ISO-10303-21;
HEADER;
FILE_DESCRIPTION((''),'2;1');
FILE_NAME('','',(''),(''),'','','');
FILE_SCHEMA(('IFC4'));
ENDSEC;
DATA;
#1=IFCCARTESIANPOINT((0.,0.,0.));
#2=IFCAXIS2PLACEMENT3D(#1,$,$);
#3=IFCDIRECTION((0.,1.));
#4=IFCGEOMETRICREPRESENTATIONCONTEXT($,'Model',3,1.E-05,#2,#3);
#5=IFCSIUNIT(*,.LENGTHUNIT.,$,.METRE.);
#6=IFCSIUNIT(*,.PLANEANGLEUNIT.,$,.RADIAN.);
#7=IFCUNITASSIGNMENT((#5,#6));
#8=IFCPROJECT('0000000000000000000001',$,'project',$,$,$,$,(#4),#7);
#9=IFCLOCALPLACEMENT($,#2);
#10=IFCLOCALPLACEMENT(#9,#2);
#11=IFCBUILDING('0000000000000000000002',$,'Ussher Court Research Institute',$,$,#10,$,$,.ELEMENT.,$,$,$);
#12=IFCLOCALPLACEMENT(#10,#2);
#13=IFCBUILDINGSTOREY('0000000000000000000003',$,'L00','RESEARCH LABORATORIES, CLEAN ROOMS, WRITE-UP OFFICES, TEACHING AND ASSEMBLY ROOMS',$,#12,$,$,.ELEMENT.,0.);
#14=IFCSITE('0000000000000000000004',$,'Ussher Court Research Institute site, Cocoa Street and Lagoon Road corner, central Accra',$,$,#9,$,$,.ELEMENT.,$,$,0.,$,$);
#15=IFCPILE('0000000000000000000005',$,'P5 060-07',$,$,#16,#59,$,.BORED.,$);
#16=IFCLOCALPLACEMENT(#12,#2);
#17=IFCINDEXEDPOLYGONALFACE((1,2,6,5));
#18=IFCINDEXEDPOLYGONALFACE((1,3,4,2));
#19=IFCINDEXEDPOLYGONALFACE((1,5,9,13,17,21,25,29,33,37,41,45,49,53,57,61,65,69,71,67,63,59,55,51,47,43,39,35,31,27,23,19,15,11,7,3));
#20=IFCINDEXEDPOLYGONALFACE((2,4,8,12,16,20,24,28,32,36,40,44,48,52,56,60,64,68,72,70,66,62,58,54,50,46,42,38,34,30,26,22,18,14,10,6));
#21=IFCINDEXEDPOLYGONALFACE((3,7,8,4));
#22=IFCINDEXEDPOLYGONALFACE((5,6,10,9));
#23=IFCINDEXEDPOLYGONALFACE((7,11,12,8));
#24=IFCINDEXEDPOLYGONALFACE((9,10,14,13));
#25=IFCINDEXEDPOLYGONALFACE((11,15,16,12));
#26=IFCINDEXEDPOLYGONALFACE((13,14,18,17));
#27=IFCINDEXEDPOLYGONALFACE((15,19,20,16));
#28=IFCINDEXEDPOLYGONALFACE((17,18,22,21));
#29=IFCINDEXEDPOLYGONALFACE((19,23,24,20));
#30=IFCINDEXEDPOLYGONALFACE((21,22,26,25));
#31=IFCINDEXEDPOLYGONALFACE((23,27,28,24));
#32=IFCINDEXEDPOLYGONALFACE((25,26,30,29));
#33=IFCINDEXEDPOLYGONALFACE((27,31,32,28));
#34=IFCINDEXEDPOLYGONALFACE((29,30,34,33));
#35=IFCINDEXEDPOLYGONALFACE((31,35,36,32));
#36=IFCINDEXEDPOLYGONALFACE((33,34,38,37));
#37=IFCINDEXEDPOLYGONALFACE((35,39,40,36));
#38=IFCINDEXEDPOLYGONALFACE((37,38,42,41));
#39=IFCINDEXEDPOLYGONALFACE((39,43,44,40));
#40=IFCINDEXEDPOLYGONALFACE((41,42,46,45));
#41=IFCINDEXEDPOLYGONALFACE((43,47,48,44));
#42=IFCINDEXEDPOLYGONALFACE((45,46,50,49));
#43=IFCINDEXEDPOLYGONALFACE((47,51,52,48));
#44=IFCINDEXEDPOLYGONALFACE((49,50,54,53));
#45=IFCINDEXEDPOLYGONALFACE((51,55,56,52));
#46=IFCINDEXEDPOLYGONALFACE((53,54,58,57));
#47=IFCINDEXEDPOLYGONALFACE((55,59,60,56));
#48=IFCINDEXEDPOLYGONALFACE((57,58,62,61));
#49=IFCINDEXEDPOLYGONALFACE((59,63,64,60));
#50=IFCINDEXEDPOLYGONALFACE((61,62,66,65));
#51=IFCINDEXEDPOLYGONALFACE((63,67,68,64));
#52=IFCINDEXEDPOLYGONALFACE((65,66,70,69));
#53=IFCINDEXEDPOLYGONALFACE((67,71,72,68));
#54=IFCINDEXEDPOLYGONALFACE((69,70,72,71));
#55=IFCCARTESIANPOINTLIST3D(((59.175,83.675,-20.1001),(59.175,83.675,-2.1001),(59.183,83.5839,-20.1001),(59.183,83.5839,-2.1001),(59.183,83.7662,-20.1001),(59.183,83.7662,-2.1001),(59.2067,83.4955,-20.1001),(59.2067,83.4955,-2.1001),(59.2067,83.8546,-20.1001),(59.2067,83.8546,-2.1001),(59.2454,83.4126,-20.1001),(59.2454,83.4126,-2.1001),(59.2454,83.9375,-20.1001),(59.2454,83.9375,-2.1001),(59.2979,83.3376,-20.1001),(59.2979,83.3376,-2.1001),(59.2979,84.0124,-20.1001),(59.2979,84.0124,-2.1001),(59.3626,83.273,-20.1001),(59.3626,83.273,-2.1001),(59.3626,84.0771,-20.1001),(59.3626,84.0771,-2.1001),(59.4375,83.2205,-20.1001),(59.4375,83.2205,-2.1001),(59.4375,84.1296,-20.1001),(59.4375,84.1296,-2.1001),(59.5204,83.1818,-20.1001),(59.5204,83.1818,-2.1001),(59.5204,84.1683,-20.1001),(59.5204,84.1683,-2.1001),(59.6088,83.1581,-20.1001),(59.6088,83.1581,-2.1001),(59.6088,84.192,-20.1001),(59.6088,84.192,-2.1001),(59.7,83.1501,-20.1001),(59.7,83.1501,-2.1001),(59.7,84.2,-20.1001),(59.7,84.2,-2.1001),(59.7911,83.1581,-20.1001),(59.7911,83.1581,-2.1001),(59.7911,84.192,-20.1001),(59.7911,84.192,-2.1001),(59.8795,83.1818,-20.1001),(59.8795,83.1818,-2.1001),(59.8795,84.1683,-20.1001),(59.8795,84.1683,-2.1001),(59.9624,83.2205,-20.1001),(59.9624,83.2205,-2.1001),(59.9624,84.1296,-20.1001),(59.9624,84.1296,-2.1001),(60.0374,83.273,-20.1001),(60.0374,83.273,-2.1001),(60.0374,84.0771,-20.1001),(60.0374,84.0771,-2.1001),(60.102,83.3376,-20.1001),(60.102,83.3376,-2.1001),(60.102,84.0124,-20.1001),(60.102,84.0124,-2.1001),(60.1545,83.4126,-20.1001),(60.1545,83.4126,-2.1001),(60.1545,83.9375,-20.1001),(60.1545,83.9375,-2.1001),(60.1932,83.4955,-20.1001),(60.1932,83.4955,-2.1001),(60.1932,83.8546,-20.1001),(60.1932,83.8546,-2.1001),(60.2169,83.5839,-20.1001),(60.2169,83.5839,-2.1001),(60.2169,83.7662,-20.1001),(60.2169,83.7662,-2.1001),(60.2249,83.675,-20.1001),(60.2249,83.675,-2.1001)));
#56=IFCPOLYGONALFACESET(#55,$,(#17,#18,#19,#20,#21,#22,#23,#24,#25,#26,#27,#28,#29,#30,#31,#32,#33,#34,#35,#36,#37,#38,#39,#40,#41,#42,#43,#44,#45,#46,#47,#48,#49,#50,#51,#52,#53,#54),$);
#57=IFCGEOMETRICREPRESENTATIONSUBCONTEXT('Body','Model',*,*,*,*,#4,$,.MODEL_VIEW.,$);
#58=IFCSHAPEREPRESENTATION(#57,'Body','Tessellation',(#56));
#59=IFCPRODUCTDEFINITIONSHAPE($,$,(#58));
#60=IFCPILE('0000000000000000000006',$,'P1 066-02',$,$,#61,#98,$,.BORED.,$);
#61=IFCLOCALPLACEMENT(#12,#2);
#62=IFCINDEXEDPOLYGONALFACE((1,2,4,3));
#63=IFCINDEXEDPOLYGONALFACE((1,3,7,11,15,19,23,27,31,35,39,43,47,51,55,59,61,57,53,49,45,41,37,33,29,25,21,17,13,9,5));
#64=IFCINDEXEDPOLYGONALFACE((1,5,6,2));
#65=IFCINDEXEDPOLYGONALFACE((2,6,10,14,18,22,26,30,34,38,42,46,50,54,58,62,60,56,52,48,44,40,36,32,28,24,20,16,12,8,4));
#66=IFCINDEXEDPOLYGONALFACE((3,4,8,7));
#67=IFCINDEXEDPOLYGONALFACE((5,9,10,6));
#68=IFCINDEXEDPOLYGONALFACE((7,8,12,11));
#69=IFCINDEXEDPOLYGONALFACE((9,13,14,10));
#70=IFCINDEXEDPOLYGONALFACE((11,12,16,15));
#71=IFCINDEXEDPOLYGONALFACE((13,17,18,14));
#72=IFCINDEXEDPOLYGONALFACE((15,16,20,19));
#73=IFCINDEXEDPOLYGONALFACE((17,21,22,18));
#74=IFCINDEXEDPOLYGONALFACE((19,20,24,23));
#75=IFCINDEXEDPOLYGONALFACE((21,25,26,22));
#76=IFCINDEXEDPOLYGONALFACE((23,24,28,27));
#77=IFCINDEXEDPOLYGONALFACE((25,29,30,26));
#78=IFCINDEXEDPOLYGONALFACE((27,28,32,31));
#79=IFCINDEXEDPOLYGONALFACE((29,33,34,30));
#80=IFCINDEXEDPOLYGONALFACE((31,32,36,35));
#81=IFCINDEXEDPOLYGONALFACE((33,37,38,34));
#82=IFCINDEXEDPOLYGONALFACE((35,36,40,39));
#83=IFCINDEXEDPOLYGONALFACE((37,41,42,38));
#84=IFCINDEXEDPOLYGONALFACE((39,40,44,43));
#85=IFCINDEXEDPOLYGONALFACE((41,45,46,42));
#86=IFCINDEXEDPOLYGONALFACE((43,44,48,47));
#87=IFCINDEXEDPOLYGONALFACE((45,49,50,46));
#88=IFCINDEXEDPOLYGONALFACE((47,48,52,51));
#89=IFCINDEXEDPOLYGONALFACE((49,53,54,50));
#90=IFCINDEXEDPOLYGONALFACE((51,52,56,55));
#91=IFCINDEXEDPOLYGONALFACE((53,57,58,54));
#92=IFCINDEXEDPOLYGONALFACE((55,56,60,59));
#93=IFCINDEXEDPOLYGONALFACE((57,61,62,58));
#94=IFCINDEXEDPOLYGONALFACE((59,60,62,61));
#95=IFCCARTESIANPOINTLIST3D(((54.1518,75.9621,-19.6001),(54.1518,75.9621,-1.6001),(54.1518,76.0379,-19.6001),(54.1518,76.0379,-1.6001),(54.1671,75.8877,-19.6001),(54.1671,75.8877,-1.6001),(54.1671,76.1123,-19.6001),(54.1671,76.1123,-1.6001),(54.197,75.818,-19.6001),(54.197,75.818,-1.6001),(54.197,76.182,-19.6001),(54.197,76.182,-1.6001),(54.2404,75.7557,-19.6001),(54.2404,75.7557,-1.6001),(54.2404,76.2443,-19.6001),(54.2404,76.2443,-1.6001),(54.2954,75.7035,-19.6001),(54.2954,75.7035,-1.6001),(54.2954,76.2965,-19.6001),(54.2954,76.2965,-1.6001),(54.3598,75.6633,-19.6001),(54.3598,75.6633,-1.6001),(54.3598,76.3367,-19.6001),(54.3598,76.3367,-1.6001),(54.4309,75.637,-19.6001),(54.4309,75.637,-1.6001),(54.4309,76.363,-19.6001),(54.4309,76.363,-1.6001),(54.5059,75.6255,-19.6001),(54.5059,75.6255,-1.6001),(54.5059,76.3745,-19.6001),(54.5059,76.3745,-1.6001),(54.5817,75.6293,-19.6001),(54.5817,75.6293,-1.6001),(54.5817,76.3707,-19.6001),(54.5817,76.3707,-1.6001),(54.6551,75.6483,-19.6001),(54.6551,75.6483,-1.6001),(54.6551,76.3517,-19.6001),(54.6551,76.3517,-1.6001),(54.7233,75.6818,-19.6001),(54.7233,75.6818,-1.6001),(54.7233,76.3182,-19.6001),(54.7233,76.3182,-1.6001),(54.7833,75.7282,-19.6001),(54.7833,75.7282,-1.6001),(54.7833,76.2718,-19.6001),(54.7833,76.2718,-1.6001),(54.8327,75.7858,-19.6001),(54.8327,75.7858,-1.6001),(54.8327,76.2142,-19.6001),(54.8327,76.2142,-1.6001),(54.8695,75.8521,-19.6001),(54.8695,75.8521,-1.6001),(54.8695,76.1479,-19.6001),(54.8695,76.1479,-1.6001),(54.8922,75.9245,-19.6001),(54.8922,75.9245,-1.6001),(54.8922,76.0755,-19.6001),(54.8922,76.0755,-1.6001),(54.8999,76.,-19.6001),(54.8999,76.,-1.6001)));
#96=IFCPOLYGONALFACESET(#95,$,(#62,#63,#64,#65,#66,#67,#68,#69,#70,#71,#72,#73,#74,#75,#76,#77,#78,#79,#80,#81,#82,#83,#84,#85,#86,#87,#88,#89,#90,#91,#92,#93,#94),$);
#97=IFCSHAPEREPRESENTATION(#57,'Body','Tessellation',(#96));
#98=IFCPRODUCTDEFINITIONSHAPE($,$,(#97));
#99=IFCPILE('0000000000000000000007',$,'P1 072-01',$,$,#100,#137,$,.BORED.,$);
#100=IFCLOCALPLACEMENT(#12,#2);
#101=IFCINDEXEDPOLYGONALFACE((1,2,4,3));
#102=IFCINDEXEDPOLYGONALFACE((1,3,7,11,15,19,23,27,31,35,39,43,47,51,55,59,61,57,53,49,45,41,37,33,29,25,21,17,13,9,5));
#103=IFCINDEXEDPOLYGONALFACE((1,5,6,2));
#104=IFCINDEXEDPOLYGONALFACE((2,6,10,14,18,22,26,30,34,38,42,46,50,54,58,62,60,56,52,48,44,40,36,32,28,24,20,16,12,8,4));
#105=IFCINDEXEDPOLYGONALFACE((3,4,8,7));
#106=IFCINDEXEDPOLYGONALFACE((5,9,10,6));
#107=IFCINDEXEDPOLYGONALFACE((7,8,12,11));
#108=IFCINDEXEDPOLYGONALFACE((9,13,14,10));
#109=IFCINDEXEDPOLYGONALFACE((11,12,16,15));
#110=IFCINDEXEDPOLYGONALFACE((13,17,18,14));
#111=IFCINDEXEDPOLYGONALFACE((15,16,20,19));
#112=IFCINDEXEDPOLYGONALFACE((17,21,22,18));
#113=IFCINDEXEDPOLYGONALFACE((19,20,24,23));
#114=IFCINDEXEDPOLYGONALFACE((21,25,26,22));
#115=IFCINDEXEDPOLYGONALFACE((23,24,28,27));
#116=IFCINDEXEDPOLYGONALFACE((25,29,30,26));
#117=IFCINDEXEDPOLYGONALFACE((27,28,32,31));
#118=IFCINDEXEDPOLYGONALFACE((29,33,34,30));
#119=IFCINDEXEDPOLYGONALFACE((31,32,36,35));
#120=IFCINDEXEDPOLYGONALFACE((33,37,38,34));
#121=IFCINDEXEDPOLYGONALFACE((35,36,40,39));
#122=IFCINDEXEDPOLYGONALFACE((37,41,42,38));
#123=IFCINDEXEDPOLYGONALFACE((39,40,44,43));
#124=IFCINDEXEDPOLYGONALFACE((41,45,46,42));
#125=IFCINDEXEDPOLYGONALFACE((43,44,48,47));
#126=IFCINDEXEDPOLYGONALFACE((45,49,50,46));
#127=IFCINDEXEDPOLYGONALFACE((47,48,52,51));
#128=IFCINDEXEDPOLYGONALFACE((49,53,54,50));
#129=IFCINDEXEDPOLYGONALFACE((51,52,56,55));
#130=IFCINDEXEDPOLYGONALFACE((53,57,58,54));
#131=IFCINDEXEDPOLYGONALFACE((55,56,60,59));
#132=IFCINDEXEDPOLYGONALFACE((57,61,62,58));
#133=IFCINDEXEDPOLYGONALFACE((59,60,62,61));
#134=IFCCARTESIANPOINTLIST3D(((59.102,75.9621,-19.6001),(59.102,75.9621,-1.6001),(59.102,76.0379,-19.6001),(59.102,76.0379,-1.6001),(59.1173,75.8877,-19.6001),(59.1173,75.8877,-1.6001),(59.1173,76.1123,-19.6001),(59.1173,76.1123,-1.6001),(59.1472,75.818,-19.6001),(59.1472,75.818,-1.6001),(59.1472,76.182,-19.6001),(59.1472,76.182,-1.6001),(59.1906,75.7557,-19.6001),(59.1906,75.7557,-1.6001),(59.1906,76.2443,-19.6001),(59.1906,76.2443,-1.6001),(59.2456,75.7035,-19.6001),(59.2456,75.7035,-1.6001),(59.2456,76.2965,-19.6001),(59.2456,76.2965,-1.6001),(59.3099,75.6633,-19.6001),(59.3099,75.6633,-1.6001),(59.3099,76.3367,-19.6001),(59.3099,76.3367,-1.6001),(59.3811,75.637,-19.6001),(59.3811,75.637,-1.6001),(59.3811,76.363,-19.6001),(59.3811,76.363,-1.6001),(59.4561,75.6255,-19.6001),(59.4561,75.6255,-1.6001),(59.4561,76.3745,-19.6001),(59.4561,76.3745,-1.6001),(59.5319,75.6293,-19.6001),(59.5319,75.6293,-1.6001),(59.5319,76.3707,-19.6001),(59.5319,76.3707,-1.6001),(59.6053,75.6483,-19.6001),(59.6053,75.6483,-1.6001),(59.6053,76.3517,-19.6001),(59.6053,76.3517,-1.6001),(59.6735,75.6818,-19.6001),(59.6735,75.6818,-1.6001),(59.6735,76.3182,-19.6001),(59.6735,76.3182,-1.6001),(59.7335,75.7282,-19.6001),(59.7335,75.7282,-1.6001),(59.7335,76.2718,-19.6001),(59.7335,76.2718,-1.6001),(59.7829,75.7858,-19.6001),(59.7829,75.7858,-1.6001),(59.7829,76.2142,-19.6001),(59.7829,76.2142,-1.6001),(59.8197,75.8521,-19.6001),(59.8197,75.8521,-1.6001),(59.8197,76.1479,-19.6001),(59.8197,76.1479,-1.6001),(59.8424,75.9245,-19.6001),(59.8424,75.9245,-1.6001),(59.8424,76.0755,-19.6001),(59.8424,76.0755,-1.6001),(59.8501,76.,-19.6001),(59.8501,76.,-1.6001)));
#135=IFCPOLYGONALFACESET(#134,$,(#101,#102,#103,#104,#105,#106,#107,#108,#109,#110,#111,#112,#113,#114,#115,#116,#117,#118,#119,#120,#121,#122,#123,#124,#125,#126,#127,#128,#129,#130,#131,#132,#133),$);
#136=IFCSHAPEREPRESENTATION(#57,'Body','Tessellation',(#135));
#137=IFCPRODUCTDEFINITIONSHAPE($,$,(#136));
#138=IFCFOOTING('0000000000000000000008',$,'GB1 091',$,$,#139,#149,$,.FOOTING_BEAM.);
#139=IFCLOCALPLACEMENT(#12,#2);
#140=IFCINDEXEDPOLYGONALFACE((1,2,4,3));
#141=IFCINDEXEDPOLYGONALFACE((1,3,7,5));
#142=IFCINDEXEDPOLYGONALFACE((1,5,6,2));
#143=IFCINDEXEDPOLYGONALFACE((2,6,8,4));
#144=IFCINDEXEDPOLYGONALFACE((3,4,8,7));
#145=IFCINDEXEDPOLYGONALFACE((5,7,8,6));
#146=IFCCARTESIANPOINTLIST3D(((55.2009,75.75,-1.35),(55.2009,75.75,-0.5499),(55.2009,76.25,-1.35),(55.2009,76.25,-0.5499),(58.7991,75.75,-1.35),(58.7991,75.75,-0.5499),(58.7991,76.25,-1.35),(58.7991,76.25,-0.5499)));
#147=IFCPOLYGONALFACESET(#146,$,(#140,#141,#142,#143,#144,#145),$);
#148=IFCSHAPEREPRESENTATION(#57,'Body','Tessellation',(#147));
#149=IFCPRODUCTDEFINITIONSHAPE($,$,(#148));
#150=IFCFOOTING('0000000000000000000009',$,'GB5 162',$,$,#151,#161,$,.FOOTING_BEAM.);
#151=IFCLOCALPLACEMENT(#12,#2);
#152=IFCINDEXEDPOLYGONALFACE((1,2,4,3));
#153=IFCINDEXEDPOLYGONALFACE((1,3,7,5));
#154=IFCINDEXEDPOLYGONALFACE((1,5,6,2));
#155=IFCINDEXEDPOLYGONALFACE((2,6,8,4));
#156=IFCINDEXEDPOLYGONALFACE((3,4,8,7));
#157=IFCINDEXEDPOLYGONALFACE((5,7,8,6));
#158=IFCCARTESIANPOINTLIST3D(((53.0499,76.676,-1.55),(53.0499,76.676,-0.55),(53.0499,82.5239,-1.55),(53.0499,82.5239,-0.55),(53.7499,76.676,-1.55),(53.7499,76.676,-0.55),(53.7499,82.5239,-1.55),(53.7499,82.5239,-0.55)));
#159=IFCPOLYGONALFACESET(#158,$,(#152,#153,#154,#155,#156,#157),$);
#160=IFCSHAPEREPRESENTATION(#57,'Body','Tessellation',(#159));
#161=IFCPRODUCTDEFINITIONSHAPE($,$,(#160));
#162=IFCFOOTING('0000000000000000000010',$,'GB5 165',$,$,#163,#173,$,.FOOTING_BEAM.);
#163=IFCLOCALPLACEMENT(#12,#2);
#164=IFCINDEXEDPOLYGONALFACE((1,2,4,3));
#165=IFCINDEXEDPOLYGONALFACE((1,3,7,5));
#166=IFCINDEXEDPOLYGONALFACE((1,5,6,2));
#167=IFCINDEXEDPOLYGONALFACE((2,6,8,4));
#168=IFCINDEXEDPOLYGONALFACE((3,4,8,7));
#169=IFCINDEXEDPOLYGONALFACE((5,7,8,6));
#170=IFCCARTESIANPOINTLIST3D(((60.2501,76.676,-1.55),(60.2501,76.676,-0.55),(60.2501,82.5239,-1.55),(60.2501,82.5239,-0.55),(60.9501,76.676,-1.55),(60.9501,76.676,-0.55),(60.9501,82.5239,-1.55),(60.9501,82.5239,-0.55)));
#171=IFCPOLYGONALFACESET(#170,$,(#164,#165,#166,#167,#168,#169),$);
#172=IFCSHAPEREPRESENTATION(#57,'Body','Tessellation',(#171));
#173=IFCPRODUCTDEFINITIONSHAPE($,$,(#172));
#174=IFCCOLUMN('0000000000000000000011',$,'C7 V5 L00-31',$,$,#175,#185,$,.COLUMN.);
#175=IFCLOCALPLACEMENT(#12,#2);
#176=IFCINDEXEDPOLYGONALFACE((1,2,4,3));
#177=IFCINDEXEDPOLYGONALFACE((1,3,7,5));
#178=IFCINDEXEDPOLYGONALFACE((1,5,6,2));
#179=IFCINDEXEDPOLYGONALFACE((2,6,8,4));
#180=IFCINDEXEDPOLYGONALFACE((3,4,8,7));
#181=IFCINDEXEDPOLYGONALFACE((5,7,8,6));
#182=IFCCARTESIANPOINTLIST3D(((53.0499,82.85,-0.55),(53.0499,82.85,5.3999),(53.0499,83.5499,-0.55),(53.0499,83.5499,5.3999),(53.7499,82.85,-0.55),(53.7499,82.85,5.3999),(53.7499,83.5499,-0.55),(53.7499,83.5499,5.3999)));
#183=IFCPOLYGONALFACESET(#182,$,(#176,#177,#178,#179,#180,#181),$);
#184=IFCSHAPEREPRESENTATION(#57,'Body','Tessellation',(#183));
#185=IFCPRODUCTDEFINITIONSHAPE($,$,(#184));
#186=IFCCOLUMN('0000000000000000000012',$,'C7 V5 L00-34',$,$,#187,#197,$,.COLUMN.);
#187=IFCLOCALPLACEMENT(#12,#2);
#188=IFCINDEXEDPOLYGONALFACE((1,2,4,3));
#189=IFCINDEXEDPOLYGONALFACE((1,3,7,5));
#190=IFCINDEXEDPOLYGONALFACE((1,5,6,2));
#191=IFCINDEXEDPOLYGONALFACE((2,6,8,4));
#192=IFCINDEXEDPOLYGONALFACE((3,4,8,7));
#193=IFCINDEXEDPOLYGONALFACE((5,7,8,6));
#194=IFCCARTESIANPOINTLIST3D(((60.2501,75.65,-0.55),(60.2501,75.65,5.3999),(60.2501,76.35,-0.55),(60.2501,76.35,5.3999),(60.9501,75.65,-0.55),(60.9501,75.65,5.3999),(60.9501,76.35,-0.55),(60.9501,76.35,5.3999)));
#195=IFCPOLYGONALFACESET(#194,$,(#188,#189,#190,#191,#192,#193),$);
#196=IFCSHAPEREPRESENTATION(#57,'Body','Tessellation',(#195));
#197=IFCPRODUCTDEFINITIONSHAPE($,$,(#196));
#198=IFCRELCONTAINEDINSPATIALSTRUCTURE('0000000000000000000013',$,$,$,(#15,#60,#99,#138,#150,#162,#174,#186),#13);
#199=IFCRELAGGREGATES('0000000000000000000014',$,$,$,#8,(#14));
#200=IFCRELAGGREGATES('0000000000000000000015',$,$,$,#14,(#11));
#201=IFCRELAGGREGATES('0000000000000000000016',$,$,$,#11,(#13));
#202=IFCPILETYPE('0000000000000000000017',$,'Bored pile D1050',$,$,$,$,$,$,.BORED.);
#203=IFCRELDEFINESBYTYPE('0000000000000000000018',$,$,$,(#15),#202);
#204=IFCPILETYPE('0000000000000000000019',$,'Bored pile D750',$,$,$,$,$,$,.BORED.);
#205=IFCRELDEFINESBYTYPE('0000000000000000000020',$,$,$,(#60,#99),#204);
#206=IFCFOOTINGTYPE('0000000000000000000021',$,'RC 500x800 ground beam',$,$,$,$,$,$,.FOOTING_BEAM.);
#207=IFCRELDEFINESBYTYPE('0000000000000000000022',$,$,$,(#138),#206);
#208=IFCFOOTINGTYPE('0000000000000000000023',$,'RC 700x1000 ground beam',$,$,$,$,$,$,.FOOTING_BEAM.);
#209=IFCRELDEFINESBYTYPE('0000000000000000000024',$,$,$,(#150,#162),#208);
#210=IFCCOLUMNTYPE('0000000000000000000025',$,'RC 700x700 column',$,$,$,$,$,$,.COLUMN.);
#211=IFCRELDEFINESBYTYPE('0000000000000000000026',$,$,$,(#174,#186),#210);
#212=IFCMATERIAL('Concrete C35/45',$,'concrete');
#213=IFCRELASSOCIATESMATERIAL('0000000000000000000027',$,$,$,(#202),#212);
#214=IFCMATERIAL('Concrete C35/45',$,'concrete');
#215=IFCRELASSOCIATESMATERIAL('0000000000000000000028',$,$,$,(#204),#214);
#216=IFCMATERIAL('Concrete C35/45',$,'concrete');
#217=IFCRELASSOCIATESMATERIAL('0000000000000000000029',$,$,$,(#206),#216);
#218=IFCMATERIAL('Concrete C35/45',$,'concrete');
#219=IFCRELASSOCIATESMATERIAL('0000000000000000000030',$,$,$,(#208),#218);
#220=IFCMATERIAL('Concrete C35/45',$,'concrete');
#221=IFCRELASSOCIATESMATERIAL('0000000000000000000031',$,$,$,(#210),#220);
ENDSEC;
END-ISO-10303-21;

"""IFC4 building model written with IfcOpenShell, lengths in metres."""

from ifc_helpers import new_model, si_unit, direction, frame, origin, origin_2d, place, context, subcontext, project, spatial, rectangle, circle, extrude, material, material_profile, profile_set, type_object, element, save


model = new_model("IFC4")

# Units and contexts
model_context = context("Model", 3, precision=1e-05, world=origin(), true_north=direction((0.0, 1.0)))
body_context = subcontext(model_context, "Body", "Model", "MODEL_VIEW")
ifc_project = project(units=[si_unit("LENGTHUNIT", "METRE"), si_unit("PLANEANGLEUNIT", "RADIAN")], contexts=[model_context])

# Site, building, storey
site_placement = place(None, origin())
site = spatial("IfcSite", under=ifc_project, at=site_placement, Name="Ussher Court Research Institute site, Cocoa Street and Lagoon Road corner, central Accra", CompositionType="ELEMENT", RefElevation=0.0)
building_placement = place(site_placement, origin())
building = spatial("IfcBuilding", under=site, at=building_placement, Name="Ussher Court Research Institute", CompositionType="ELEMENT")
storey_placement = place(building_placement, origin())
storey = spatial("IfcBuildingStorey", under=building, at=storey_placement, Name="L00", Description="RESEARCH LABORATORIES, CLEAN ROOMS, WRITE-UP OFFICES, TEACHING AND ASSEMBLY ROOMS", CompositionType="ELEMENT", Elevation=0.0)

# Piles
ifc_material_1 = material(Name="Concrete C35/45", Category="concrete")
ifc_material_profile_1 = material_profile(ifc_material_1, circle(Radius=0.5249, at=origin_2d()), Name="RC D1050")
ifc_profile_set_1 = profile_set([ifc_material_profile_1], Name="Concrete C35/45")
pile_type_1 = type_object("IfcPileType", Name="Bored pile D1050", PredefinedType="BORED", material=ifc_profile_set_1)
for number, where, z_axis, x_axis, name in (
    (1, (59.7, 83.675, -2.1001), (0.0, 0.0, -1.0), (1.0, 0.0, 0.0), "P5 060-07"),
):
    element("IfcPile", number, at=place(storey_placement, frame(where, z_axis=z_axis, x_axis=x_axis)), inside=storey, type_object=pile_type_1, Name=name, PredefinedType="BORED", context=body_context, shape_type="SweptSolid", body=[
        extrude(circle(Radius=0.5249, at=origin_2d()), origin(), (0.0, 0.0, 1.0), 18.0),
    ])
ifc_material_2 = material(Name="Concrete C35/45", Category="concrete")
ifc_material_profile_2 = material_profile(ifc_material_2, circle(Radius=0.375, at=origin_2d()), Name="RC D750")
ifc_profile_set_2 = profile_set([ifc_material_profile_2], Name="Concrete C35/45")
pile_type_2 = type_object("IfcPileType", Name="Bored pile D750", PredefinedType="BORED", material=ifc_profile_set_2)
for number, where, z_axis, x_axis, name in (
    (2, (54.5249, 76.0, -1.6001), (0.0, 0.0, -1.0), (1.0, 0.0, 0.0), "P1 066-02"),
    (3, (59.4751, 76.0, -1.6001), (0.0, 0.0, -1.0), (1.0, 0.0, 0.0), "P1 072-01"),
):
    element("IfcPile", number, at=place(storey_placement, frame(where, z_axis=z_axis, x_axis=x_axis)), inside=storey, type_object=pile_type_2, Name=name, PredefinedType="BORED", context=body_context, shape_type="SweptSolid", body=[
        extrude(circle(Radius=0.375, at=origin_2d()), origin(), (0.0, 0.0, 1.0), 18.0),
    ])

# Footings
ifc_material_3 = material(Name="Concrete C35/45", Category="concrete")
ifc_material_profile_3 = material_profile(ifc_material_3, rectangle(XDim=0.5, YDim=0.8, at=origin_2d()), Name="RC 500x800")
ifc_profile_set_3 = profile_set([ifc_material_profile_3], Name="Concrete C35/45")
footing_type_1 = type_object("IfcFootingType", Name="RC 500x800 ground beam", PredefinedType="FOOTING_BEAM", material=ifc_profile_set_3)
footing_placement = place(storey_placement, frame((55.2009, 76.0, -0.95), z_axis=(1.0, 0.0, 0.0), x_axis=(0.0, 1.0, 0.0)))
element("IfcFooting", 4, at=footing_placement, inside=storey, type_object=footing_type_1, Name="GB1 091", PredefinedType="FOOTING_BEAM", context=body_context, shape_type="SweptSolid", body=[
    extrude(rectangle(XDim=0.5, YDim=0.8, at=origin_2d()), origin(), (0.0, 0.0, 1.0), 3.5981),
])
ifc_material_4 = material(Name="Concrete C35/45", Category="concrete")
ifc_material_profile_4 = material_profile(ifc_material_4, rectangle(XDim=0.7, YDim=1.0, at=origin_2d()), Name="RC 700x1000")
ifc_profile_set_4 = profile_set([ifc_material_profile_4], Name="Concrete C35/45")
footing_type_2 = type_object("IfcFootingType", Name="RC 700x1000 ground beam", PredefinedType="FOOTING_BEAM", material=ifc_profile_set_4)
for number, where, z_axis, x_axis, name in (
    (5, (53.3999, 76.676, -1.05), (0.0, 1.0, 0.0), (-1.0, 0.0, 0.0), "GB5 162"),
    (6, (60.6001, 76.676, -1.05), (0.0, 1.0, 0.0), (-1.0, 0.0, 0.0), "GB5 165"),
):
    element("IfcFooting", number, at=place(storey_placement, frame(where, z_axis=z_axis, x_axis=x_axis)), inside=storey, type_object=footing_type_2, Name=name, PredefinedType="FOOTING_BEAM", context=body_context, shape_type="SweptSolid", body=[
        extrude(rectangle(XDim=0.7, YDim=1.0, at=origin_2d()), origin(), (0.0, 0.0, 1.0), 5.8479),
    ])

# Columns
ifc_material_5 = material(Name="Concrete C35/45", Category="concrete")
ifc_material_profile_5 = material_profile(ifc_material_5, rectangle(XDim=0.7, YDim=0.7, at=origin_2d()), Name="RC 700x700")
ifc_profile_set_5 = profile_set([ifc_material_profile_5], Name="Concrete C35/45")
column_type = type_object("IfcColumnType", Name="RC 700x700 column", PredefinedType="COLUMN", material=ifc_profile_set_5)
for number, where, z_axis, x_axis, name in (
    (7, (53.3999, 83.2, -0.55), (0.0, 0.0, 1.0), (1.0, 0.0, 0.0), "C7 V5 L00-31"),
    (8, (60.6001, 76.0, -0.55), (0.0, 0.0, 1.0), (1.0, 0.0, 0.0), "C7 V5 L00-34"),
):
    element("IfcColumn", number, at=place(storey_placement, frame(where, z_axis=z_axis, x_axis=x_axis)), inside=storey, type_object=column_type, Name=name, PredefinedType="COLUMN", context=body_context, shape_type="SweptSolid", body=[
        extrude(rectangle(XDim=0.7, YDim=0.7, at=origin_2d()), origin(), (0.0, 0.0, 1.0), 5.95),
    ])

save(model, "model.ifc")
